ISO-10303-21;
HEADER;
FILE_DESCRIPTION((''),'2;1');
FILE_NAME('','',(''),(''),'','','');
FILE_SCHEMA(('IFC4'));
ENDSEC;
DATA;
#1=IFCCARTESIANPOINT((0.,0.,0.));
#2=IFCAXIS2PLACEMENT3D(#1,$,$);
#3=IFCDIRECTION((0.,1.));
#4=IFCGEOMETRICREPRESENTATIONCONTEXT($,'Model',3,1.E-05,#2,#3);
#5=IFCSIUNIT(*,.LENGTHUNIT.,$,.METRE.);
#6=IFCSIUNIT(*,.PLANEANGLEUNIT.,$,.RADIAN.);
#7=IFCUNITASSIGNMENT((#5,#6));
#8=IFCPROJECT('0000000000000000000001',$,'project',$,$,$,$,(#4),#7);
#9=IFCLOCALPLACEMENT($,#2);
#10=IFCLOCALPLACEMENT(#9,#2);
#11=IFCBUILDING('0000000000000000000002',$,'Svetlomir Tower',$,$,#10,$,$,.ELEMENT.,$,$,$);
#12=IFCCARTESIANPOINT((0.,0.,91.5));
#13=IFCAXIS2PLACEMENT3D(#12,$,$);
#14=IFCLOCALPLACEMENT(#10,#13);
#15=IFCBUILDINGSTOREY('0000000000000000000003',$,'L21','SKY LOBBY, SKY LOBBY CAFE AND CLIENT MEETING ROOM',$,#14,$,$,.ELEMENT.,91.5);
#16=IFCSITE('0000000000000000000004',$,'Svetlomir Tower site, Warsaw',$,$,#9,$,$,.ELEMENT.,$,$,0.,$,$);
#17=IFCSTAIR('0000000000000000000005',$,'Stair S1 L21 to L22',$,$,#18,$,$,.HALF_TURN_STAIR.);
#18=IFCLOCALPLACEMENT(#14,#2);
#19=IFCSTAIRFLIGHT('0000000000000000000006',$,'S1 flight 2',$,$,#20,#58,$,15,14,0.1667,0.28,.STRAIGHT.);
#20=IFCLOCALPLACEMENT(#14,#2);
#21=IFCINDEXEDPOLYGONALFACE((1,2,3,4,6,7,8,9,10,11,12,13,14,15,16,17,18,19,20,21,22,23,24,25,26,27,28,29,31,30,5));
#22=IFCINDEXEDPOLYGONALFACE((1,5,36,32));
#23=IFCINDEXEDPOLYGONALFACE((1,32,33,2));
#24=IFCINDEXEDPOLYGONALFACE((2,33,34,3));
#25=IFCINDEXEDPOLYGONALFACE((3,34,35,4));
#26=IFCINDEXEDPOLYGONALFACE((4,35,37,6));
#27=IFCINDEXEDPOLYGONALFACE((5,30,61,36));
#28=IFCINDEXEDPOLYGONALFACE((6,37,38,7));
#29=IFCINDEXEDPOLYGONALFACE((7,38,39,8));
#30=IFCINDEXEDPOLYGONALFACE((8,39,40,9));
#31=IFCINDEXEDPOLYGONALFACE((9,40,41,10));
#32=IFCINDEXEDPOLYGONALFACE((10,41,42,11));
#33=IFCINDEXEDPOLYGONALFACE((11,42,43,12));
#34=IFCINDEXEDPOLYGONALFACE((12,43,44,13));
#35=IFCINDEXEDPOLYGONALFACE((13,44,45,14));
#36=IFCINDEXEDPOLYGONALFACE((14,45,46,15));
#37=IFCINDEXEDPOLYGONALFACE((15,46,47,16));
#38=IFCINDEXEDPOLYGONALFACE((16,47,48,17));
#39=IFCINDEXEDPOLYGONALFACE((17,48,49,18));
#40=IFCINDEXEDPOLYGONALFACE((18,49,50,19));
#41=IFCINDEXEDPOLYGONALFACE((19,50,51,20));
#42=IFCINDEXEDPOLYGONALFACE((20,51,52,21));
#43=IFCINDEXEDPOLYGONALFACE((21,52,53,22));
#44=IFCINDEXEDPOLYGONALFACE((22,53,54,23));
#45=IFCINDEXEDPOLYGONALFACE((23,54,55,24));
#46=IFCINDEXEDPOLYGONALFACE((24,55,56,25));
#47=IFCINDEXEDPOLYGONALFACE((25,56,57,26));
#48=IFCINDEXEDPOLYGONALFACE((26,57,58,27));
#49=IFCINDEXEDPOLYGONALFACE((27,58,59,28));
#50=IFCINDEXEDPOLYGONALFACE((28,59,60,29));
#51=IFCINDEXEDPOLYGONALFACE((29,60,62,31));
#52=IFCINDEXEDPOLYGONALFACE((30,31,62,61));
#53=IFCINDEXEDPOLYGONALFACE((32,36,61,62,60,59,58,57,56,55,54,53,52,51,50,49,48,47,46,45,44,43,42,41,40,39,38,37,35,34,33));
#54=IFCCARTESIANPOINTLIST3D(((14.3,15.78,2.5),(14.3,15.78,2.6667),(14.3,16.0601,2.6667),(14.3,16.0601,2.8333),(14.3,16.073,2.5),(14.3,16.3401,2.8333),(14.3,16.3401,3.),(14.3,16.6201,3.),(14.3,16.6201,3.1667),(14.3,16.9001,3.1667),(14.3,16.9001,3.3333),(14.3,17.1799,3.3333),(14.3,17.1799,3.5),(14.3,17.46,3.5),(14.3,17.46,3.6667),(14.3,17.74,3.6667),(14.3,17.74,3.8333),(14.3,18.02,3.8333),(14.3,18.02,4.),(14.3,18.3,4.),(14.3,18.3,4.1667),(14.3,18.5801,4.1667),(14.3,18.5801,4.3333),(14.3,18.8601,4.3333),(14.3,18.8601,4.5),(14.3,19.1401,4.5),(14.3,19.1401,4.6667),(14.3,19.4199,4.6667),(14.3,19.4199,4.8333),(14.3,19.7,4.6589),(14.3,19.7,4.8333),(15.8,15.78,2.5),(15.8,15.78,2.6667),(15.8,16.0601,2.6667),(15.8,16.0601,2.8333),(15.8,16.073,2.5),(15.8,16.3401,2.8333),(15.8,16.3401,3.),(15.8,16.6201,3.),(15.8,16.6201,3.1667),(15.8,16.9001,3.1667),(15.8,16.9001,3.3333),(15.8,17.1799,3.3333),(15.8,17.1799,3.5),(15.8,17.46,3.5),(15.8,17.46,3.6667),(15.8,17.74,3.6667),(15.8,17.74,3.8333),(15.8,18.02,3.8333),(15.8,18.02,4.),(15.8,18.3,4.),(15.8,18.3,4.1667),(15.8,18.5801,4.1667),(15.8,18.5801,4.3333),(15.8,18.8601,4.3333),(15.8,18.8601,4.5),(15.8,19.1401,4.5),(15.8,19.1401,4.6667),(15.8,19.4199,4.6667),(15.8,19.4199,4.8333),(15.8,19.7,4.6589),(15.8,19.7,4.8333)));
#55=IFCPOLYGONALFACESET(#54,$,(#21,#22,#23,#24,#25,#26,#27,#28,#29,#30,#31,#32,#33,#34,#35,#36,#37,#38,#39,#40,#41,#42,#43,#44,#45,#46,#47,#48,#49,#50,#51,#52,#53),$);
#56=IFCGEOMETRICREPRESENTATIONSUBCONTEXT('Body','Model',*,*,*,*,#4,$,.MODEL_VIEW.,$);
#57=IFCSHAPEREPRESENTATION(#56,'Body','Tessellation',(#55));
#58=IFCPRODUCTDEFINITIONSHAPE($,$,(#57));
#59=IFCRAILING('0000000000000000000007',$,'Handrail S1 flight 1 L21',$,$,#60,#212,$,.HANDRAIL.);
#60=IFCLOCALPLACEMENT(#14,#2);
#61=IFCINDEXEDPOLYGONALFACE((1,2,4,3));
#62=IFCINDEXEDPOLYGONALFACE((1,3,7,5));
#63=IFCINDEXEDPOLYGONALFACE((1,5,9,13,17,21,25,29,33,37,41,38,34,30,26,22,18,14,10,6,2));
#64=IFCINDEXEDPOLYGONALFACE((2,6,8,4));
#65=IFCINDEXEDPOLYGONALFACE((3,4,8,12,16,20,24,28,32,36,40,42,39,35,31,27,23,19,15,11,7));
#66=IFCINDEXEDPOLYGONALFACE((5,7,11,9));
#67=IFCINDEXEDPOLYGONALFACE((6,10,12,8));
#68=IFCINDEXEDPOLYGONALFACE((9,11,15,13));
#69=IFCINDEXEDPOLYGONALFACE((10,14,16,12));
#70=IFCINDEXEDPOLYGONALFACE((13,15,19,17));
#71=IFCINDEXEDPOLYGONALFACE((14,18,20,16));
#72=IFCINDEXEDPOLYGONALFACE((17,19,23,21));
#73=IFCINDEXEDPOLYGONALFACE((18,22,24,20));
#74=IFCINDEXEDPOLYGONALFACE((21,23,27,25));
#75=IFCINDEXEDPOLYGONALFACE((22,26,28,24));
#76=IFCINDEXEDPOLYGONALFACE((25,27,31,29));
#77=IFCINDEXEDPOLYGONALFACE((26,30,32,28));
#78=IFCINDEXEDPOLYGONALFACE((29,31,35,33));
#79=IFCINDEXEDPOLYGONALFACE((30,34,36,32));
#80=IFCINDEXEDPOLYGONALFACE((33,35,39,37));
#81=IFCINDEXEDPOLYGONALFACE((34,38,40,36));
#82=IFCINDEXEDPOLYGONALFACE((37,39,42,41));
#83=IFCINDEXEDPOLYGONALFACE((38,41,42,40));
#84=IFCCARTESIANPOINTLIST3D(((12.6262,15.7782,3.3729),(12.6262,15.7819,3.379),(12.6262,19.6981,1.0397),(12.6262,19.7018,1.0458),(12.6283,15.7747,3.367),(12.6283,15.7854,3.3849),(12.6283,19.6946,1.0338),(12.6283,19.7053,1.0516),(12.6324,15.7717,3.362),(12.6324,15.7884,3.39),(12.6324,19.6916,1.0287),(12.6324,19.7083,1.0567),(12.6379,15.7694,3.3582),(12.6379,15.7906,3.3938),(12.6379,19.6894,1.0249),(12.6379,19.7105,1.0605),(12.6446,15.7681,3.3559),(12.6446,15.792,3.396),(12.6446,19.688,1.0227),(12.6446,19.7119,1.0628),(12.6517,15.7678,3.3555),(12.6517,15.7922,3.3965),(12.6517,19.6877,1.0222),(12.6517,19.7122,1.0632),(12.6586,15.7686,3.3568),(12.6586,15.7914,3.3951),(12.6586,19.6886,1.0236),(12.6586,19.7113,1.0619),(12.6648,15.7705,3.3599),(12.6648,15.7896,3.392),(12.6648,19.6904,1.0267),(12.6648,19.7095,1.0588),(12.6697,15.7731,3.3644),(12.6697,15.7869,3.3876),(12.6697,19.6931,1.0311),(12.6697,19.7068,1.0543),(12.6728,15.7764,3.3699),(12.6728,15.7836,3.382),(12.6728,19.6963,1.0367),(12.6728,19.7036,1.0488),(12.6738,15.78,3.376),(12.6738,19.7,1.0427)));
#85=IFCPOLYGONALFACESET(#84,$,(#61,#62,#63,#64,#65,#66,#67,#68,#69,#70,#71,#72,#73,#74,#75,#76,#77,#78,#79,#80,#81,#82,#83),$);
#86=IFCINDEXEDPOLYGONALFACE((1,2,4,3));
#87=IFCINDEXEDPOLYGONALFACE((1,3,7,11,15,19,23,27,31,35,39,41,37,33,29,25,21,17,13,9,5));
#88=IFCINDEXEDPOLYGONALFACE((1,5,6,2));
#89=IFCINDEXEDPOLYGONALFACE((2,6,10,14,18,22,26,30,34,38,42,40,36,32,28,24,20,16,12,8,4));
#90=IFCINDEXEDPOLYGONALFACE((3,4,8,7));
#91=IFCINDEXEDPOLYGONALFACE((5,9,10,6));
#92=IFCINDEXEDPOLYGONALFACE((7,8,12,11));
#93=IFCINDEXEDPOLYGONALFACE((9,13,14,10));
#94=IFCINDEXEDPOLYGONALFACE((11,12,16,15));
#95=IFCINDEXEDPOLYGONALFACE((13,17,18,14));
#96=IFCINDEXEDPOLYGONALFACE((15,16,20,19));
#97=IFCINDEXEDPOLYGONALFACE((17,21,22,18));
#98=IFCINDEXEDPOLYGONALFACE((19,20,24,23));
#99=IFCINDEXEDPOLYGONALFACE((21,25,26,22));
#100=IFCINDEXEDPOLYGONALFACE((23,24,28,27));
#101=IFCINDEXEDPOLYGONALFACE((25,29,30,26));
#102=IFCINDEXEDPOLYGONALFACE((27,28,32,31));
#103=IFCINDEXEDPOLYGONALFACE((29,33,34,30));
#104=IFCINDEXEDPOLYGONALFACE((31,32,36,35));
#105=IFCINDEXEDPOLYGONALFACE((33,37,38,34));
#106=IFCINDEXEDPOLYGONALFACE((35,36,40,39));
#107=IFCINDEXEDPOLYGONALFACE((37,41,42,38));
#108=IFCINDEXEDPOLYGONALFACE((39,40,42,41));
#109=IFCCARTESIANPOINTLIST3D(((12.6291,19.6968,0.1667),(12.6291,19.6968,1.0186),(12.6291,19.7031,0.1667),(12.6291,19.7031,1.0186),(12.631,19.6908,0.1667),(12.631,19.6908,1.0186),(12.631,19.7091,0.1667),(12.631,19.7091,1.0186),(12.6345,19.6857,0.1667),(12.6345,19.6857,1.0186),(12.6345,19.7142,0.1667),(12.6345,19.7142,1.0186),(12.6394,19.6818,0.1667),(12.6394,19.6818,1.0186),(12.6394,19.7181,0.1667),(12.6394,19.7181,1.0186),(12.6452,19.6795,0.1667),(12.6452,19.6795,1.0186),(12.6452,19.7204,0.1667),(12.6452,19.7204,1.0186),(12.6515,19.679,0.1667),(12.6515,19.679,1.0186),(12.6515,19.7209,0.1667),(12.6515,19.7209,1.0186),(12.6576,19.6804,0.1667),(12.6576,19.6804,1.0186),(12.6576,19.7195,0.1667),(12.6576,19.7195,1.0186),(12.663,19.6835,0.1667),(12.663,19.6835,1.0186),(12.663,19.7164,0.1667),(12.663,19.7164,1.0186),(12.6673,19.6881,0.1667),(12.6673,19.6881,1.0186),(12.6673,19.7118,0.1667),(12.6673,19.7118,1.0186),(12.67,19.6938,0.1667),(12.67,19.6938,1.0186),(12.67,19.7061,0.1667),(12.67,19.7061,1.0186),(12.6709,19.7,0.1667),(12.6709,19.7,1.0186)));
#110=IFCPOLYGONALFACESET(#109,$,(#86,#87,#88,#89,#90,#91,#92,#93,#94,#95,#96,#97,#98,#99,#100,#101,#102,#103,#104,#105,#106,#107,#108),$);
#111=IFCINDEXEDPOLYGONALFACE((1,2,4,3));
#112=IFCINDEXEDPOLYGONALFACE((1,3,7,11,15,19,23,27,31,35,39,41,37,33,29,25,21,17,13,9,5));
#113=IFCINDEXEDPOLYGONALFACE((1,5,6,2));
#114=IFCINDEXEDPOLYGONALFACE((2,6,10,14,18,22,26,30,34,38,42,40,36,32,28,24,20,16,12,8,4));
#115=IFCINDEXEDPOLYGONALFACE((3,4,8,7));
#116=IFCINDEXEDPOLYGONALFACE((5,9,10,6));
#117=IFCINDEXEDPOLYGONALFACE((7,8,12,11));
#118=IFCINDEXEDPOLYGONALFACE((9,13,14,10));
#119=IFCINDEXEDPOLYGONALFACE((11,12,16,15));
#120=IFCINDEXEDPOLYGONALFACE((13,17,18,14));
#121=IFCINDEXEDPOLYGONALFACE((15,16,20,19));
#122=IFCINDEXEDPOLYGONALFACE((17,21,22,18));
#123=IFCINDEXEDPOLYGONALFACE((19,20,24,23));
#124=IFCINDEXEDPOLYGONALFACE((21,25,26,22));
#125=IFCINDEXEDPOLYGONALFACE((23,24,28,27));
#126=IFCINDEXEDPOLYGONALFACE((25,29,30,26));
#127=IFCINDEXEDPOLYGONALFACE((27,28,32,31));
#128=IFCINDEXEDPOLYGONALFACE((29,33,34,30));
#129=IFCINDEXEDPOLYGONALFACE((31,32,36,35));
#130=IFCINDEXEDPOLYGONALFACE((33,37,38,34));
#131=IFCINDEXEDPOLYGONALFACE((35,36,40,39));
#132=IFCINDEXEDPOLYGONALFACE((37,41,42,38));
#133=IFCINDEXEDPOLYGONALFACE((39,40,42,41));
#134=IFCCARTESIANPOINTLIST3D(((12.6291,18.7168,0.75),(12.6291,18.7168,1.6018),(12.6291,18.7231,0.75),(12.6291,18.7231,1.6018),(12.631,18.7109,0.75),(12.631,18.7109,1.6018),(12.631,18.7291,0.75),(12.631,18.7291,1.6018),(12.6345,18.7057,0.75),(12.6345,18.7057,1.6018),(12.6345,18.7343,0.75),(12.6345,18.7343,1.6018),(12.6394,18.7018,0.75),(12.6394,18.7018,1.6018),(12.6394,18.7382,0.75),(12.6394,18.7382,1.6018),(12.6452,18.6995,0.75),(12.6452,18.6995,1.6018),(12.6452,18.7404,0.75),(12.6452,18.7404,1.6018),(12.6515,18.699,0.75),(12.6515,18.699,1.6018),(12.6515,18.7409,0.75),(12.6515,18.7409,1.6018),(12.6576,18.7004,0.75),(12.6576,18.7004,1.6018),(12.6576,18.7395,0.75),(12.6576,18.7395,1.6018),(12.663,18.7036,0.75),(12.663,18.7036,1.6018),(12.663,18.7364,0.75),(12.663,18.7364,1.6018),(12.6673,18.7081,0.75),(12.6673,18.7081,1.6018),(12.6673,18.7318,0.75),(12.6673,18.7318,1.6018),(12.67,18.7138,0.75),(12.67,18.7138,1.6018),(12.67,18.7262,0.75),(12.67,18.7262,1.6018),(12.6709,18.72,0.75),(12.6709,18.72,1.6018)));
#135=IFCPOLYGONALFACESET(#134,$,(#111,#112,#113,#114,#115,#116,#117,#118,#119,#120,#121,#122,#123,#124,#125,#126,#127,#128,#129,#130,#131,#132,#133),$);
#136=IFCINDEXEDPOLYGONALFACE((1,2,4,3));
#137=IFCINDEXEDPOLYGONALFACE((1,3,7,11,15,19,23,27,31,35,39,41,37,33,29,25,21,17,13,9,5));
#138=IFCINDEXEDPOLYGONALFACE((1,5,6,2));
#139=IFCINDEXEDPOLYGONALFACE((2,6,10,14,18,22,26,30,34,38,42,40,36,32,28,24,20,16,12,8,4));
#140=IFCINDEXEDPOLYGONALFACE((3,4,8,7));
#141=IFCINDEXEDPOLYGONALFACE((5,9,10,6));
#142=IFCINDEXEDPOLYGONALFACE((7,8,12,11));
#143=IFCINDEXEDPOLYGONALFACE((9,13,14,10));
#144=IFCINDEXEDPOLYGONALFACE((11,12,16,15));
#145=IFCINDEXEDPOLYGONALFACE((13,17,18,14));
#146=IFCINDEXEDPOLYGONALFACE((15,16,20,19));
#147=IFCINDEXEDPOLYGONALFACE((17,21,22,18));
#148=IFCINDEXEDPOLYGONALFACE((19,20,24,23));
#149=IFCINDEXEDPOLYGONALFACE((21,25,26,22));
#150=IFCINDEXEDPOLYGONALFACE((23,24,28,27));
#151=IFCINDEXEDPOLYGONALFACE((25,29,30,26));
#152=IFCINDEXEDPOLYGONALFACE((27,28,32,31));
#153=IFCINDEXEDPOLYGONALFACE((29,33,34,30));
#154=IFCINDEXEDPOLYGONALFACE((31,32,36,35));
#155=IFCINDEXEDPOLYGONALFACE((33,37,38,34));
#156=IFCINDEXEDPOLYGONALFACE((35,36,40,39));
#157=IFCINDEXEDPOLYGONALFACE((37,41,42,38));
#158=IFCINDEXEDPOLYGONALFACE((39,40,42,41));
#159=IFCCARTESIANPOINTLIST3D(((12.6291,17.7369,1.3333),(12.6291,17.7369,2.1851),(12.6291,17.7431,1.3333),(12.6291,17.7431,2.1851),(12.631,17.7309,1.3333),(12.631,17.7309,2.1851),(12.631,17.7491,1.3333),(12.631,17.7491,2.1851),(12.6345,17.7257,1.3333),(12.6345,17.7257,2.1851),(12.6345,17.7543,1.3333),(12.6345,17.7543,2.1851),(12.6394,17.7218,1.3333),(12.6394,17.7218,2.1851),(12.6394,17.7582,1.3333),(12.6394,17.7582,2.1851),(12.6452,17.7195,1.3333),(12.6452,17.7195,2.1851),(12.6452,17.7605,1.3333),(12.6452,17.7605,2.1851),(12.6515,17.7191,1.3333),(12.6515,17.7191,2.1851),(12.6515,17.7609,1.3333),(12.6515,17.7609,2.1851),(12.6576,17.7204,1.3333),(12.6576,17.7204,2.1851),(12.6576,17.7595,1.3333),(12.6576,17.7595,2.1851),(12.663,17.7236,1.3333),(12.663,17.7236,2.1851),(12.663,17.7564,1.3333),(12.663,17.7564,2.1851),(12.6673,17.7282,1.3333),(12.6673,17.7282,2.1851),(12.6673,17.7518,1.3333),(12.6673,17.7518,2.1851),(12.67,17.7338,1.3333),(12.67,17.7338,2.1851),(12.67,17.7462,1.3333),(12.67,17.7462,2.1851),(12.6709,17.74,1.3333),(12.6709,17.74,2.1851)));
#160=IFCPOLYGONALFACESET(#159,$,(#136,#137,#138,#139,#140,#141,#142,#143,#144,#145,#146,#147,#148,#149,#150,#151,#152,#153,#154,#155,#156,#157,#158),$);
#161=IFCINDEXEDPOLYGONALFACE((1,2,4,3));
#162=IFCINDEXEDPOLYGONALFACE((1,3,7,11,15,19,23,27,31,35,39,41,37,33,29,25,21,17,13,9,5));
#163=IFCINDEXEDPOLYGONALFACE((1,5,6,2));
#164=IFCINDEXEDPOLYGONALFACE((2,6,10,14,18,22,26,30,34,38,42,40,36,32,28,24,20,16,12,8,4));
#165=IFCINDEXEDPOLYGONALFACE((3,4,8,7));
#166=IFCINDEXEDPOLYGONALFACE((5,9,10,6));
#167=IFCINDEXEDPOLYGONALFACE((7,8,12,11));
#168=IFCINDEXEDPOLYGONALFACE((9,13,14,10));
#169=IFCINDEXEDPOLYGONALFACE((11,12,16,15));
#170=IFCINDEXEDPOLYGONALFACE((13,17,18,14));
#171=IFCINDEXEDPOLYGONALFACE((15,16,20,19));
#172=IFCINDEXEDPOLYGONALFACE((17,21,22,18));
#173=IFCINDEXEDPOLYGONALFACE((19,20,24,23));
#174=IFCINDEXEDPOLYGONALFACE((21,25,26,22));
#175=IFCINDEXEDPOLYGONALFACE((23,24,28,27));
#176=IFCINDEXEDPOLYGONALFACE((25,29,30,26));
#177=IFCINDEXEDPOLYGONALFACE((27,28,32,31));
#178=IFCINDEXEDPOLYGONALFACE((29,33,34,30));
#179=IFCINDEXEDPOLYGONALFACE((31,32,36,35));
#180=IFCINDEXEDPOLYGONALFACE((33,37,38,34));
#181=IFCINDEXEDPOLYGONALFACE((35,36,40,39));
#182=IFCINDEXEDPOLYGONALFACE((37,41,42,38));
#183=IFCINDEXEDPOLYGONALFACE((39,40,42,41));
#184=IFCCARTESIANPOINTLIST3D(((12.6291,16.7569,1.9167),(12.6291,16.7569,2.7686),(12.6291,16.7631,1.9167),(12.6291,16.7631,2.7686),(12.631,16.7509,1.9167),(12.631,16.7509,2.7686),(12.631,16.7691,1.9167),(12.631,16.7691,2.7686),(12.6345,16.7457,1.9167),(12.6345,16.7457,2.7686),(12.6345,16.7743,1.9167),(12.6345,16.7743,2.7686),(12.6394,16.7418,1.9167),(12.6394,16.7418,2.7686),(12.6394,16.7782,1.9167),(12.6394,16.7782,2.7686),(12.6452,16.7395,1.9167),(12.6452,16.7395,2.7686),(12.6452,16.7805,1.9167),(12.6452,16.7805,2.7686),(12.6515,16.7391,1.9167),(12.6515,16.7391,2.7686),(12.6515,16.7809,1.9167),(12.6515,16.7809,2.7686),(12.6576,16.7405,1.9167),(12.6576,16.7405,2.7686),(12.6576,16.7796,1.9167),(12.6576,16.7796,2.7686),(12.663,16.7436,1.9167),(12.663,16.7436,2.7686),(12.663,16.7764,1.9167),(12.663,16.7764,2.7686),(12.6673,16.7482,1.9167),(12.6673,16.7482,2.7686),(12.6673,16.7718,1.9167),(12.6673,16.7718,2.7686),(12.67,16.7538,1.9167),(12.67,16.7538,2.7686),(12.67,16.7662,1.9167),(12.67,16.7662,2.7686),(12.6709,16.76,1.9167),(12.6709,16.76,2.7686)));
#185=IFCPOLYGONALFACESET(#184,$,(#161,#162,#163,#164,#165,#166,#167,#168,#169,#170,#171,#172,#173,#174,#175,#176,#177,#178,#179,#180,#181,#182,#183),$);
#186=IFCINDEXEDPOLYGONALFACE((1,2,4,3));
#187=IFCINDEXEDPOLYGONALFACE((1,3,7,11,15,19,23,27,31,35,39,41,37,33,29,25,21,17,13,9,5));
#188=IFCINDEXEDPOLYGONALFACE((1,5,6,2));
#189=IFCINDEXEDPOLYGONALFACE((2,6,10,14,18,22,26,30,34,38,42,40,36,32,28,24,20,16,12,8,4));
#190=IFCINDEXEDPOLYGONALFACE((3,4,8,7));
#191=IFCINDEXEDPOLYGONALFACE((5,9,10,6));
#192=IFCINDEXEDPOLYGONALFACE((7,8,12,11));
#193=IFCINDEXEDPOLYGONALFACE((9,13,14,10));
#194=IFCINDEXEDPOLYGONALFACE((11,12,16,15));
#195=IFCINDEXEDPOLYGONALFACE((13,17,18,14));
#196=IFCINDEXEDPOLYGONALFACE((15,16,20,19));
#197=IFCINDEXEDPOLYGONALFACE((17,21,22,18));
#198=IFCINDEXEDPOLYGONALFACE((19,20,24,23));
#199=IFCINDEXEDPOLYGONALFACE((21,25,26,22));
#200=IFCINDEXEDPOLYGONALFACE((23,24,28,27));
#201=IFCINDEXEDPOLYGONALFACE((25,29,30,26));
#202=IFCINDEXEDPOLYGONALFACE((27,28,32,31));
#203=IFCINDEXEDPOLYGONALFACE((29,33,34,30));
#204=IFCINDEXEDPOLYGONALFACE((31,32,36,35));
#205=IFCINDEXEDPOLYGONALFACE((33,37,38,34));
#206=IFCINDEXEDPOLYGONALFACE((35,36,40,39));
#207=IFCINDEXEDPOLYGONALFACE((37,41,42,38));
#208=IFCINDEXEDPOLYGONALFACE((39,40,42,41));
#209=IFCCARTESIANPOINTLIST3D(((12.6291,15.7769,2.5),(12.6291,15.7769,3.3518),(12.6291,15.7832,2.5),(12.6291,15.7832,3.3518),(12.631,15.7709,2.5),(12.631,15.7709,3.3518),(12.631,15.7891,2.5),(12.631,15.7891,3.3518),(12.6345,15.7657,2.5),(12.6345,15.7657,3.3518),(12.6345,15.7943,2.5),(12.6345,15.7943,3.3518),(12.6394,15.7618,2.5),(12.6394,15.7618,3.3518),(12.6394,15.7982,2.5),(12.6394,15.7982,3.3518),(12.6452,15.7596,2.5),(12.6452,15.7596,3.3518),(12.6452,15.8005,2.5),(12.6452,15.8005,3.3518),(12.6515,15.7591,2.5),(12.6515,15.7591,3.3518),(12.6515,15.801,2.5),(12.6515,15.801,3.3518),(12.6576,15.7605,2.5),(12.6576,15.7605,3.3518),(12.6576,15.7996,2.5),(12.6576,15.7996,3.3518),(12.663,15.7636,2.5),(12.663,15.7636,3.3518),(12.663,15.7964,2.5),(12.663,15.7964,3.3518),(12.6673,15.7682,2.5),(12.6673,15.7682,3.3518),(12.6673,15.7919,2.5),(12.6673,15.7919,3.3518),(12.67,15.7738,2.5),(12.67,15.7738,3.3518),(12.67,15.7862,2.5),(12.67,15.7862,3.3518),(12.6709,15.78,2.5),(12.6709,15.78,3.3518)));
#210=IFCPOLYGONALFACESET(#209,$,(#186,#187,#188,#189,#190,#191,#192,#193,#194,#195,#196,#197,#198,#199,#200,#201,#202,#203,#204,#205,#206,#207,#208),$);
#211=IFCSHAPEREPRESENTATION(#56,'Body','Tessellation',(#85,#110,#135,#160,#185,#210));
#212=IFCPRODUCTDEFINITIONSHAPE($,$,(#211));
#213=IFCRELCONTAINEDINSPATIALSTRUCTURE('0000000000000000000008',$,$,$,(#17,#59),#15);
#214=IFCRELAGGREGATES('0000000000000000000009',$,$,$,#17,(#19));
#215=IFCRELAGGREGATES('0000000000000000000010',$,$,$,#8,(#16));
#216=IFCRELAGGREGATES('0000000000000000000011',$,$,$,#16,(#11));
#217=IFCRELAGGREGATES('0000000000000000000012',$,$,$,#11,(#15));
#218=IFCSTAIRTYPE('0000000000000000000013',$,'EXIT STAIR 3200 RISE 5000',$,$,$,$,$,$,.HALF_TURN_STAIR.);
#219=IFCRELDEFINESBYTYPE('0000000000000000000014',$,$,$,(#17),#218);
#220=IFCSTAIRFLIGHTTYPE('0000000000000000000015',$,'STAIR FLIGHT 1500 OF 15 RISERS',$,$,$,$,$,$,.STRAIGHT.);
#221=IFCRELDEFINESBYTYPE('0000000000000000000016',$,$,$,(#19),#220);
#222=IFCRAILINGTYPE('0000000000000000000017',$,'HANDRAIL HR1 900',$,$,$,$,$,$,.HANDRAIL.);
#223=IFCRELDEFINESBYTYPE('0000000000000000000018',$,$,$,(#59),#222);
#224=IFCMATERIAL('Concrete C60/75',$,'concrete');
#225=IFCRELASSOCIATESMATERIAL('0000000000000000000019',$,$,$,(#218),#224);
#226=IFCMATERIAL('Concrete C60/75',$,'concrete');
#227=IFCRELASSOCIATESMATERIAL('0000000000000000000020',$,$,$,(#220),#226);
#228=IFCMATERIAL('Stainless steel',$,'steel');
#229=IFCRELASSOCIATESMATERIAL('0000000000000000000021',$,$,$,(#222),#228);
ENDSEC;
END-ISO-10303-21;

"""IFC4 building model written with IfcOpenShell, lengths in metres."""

from ifc_helpers import new_model, si_unit, direction, frame, origin, origin_2d, place, context, subcontext, project, spatial, polyline, circle, outline, extrude, material, type_object, element, aggregate, save


model = new_model("IFC4")

# Units and contexts
model_context = context("Model", 3, precision=1e-05, world=origin(), true_north=direction((0.0, 1.0)))
body_context = subcontext(model_context, "Body", "Model", "MODEL_VIEW")
ifc_project = project(units=[si_unit("LENGTHUNIT", "METRE"), si_unit("PLANEANGLEUNIT", "RADIAN")], contexts=[model_context])

# Site, building, storey
site_placement = place(None, origin())
site = spatial("IfcSite", under=ifc_project, at=site_placement, Name="Svetlomir Tower site, Warsaw", CompositionType="ELEMENT", RefElevation=0.0)
building_placement = place(site_placement, origin())
building = spatial("IfcBuilding", under=site, at=building_placement, Name="Svetlomir Tower", CompositionType="ELEMENT")
storey_placement = place(building_placement, frame((0.0, 0.0, 91.5)))
storey = spatial("IfcBuildingStorey", under=building, at=storey_placement, Name="L21", Description="SKY LOBBY, SKY LOBBY CAFE AND CLIENT MEETING ROOM", CompositionType="ELEMENT", Elevation=91.5)

# Stair, stair flight
ifc_material_1 = material(Name="Concrete C60/75", Category="concrete")
stair_type = type_object("IfcStairType", Name="EXIT STAIR 3200 RISE 5000", PredefinedType="HALF_TURN_STAIR", material=ifc_material_1)
stair_placement = place(storey_placement, origin())
stair = element("IfcStair", 1, at=stair_placement, inside=storey, type_object=stair_type, Name="Stair S1 L21 to L22", PredefinedType="HALF_TURN_STAIR")
ifc_material_2 = material(Name="Concrete C60/75", Category="concrete")
stair_flight_type = type_object("IfcStairFlightType", Name="STAIR FLIGHT 1500 OF 15 RISERS", PredefinedType="STRAIGHT", material=ifc_material_2)
stair_flight_1_placement = place(storey_placement, frame((15.05, 15.78, 2.5), z_axis=(0.0, 0.0, 1.0), x_axis=(0.0, 1.0, 0.0)))
stair_flight_1 = element("IfcStairFlight", 2, at=stair_flight_1_placement, type_object=stair_flight_type, Name="S1 flight 2", NumberOfRisers=15, NumberOfTreads=14, PredefinedType="STRAIGHT", RiserHeight=0.1667, TreadLength=0.28, context=body_context, shape_type="SweptSolid", body=[
    extrude(outline(polyline([(0.0, 0.0), (0.0, 0.1667), (0.28, 0.1667), (0.28, 0.3333), (0.5601, 0.3333), (0.5601, 0.5), (0.8401, 0.5), (0.8401, 0.6667), (1.1201, 0.6667), (1.1201, 0.8333), (1.3999, 0.8333), (1.3999, 1.0), (1.6799, 1.0), (1.6799, 1.1667), (1.96, 1.1667), (1.96, 1.3333), (2.24, 1.3333), (2.24, 1.5), (2.52, 1.5), (2.52, 1.6667), (2.8, 1.6667), (2.8, 1.8333), (3.0801, 1.8333), (3.0801, 2.0), (3.3601, 2.0), (3.3601, 2.1667), (3.6399, 2.1667), (3.6399, 2.3333), (3.9199, 2.3333), (3.9199, 2.5), (3.9199, 2.1589), (0.293, 0.0), (0.0, 0.0)])), frame((0.0, 0.75, 0.0), z_axis=(0.0, -1.0, 0.0), x_axis=(1.0, 0.0, 0.0)), (0.0, 0.0, 1.0), 1.5),
])
aggregate(stair, [stair_flight_1])

# Railing
ifc_material_3 = material(Name="Stainless steel", Category="steel")
railing_type = type_object("IfcRailingType", Name="HANDRAIL HR1 900", PredefinedType="HANDRAIL", material=ifc_material_3)
railing_1_placement = place(storey_placement, frame((12.6499, 19.7, 0.1667)))
element("IfcRailing", 3, at=railing_1_placement, inside=storey, type_object=railing_type, Name="Handrail S1 flight 1 L21", PredefinedType="HANDRAIL", context=body_context, shape_type="SweptSolid", body=[
    extrude(circle(Radius=0.0239, at=origin_2d()), frame((0.0, 0.0, 0.876), z_axis=(0.0, -0.859296, 0.511478), x_axis=(1.0, 0.0, 0.0)), (0.0, 0.0, 1.0), 4.5618),
    extrude(circle(Radius=0.021, at=origin_2d()), origin(), (0.0, 0.0, 1.0), 0.8518),
    extrude(circle(Radius=0.021, at=origin_2d()), frame((0.0, -0.98, 0.5833)), (0.0, 0.0, 1.0), 0.8518),
    extrude(circle(Radius=0.021, at=origin_2d()), frame((0.0, -1.96, 1.1665)), (0.0, 0.0, 1.0), 0.8518),
    extrude(circle(Radius=0.021, at=origin_2d()), frame((0.0, -2.9399, 1.75)), (0.0, 0.0, 1.0), 0.8518),
    extrude(circle(Radius=0.021, at=origin_2d()), frame((0.0, -3.9199, 2.3333)), (0.0, 0.0, 1.0), 0.8518),
])

save(model, "model.ifc")
